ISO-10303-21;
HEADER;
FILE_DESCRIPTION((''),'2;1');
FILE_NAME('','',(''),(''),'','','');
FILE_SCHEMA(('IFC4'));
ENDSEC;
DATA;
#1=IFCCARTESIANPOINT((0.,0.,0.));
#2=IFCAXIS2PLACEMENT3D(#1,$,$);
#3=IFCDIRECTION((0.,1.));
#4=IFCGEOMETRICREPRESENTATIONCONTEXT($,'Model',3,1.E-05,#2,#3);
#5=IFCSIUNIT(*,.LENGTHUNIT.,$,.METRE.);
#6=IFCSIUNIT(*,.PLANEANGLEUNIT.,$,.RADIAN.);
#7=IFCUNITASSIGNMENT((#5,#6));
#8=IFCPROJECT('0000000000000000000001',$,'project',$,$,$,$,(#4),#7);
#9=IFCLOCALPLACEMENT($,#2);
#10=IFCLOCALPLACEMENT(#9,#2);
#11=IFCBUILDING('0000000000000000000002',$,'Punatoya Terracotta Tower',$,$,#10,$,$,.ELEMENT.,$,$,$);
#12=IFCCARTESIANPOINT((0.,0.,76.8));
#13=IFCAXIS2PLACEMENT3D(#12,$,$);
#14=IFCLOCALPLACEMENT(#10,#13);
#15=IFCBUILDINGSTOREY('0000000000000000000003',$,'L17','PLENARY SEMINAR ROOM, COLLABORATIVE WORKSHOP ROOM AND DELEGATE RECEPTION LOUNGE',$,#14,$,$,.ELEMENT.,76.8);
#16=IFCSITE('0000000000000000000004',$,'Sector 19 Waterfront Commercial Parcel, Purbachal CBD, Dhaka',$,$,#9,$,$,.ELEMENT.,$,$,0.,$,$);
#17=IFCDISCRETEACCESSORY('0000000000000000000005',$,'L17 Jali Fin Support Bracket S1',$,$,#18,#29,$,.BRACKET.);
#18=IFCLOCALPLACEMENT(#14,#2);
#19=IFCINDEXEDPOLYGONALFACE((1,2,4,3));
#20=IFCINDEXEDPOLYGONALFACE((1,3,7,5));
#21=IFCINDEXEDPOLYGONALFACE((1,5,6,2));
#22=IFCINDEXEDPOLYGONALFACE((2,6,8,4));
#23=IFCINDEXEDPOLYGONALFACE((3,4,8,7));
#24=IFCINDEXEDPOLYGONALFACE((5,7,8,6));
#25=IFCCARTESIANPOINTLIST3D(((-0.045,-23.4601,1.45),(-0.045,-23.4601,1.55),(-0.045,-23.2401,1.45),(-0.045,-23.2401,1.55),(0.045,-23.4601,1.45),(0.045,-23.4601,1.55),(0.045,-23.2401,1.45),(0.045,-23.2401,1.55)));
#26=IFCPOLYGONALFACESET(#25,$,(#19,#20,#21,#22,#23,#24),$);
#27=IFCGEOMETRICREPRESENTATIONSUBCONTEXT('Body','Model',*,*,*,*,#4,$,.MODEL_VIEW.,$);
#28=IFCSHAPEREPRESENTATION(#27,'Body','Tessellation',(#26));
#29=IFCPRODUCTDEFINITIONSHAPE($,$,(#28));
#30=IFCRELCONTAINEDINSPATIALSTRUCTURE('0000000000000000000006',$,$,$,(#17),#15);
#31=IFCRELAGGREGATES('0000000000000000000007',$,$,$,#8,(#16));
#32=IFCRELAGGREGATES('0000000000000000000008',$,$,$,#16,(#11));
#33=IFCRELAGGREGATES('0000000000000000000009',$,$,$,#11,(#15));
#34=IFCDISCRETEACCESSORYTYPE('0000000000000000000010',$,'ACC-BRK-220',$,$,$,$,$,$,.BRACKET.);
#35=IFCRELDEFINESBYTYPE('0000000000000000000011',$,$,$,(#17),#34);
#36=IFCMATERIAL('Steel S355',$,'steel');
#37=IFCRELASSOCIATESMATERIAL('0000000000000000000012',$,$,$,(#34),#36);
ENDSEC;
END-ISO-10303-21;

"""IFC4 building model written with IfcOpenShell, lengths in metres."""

from ifc_helpers import new_model, si_unit, direction, frame, origin, origin_2d, place, context, subcontext, project, spatial, rectangle, extrude, material, type_object, element, save


model = new_model("IFC4")

# Units and contexts
model_context = context("Model", 3, precision=1e-05, world=origin(), true_north=direction((0.0, 1.0)))
body_context = subcontext(model_context, "Body", "Model", "MODEL_VIEW")
ifc_project = project(units=[si_unit("LENGTHUNIT", "METRE"), si_unit("PLANEANGLEUNIT", "RADIAN")], contexts=[model_context])

# Site, building, storey
site_placement = place(None, origin())
site = spatial("IfcSite", under=ifc_project, at=site_placement, Name="Sector 19 Waterfront Commercial Parcel, Purbachal CBD, Dhaka", CompositionType="ELEMENT", RefElevation=0.0)
building_placement = place(site_placement, origin())
building = spatial("IfcBuilding", under=site, at=building_placement, Name="Punatoya Terracotta Tower", CompositionType="ELEMENT")
storey_placement = place(building_placement, frame((0.0, 0.0, 76.8)))
storey = spatial("IfcBuildingStorey", under=building, at=storey_placement, Name="L17", Description="PLENARY SEMINAR ROOM, COLLABORATIVE WORKSHOP ROOM AND DELEGATE RECEPTION LOUNGE", CompositionType="ELEMENT", Elevation=76.8)

# Shared definitions
ifc_material_1 = material(Name="Steel S355", Category="steel")

# Discrete accessory
discrete_accessory_type = type_object("IfcDiscreteAccessoryType", Name="ACC-BRK-220", PredefinedType="BRACKET", material=ifc_material_1)
discrete_accessory_placement = place(storey_placement, frame((0.0, -23.3501, 1.45), z_axis=(0.0, 0.0, 1.0), x_axis=(1.0, 0.0, 0.0)))
element("IfcDiscreteAccessory", 1, at=discrete_accessory_placement, inside=storey, type_object=discrete_accessory_type, Name="L17 Jali Fin Support Bracket S1", PredefinedType="BRACKET", context=body_context, shape_type="SweptSolid", body=[
    extrude(rectangle(XDim=0.0901, YDim=0.22, at=origin_2d()), origin(), (0.0, 0.0, 1.0), 0.1001),
])

save(model, "model.ifc")
